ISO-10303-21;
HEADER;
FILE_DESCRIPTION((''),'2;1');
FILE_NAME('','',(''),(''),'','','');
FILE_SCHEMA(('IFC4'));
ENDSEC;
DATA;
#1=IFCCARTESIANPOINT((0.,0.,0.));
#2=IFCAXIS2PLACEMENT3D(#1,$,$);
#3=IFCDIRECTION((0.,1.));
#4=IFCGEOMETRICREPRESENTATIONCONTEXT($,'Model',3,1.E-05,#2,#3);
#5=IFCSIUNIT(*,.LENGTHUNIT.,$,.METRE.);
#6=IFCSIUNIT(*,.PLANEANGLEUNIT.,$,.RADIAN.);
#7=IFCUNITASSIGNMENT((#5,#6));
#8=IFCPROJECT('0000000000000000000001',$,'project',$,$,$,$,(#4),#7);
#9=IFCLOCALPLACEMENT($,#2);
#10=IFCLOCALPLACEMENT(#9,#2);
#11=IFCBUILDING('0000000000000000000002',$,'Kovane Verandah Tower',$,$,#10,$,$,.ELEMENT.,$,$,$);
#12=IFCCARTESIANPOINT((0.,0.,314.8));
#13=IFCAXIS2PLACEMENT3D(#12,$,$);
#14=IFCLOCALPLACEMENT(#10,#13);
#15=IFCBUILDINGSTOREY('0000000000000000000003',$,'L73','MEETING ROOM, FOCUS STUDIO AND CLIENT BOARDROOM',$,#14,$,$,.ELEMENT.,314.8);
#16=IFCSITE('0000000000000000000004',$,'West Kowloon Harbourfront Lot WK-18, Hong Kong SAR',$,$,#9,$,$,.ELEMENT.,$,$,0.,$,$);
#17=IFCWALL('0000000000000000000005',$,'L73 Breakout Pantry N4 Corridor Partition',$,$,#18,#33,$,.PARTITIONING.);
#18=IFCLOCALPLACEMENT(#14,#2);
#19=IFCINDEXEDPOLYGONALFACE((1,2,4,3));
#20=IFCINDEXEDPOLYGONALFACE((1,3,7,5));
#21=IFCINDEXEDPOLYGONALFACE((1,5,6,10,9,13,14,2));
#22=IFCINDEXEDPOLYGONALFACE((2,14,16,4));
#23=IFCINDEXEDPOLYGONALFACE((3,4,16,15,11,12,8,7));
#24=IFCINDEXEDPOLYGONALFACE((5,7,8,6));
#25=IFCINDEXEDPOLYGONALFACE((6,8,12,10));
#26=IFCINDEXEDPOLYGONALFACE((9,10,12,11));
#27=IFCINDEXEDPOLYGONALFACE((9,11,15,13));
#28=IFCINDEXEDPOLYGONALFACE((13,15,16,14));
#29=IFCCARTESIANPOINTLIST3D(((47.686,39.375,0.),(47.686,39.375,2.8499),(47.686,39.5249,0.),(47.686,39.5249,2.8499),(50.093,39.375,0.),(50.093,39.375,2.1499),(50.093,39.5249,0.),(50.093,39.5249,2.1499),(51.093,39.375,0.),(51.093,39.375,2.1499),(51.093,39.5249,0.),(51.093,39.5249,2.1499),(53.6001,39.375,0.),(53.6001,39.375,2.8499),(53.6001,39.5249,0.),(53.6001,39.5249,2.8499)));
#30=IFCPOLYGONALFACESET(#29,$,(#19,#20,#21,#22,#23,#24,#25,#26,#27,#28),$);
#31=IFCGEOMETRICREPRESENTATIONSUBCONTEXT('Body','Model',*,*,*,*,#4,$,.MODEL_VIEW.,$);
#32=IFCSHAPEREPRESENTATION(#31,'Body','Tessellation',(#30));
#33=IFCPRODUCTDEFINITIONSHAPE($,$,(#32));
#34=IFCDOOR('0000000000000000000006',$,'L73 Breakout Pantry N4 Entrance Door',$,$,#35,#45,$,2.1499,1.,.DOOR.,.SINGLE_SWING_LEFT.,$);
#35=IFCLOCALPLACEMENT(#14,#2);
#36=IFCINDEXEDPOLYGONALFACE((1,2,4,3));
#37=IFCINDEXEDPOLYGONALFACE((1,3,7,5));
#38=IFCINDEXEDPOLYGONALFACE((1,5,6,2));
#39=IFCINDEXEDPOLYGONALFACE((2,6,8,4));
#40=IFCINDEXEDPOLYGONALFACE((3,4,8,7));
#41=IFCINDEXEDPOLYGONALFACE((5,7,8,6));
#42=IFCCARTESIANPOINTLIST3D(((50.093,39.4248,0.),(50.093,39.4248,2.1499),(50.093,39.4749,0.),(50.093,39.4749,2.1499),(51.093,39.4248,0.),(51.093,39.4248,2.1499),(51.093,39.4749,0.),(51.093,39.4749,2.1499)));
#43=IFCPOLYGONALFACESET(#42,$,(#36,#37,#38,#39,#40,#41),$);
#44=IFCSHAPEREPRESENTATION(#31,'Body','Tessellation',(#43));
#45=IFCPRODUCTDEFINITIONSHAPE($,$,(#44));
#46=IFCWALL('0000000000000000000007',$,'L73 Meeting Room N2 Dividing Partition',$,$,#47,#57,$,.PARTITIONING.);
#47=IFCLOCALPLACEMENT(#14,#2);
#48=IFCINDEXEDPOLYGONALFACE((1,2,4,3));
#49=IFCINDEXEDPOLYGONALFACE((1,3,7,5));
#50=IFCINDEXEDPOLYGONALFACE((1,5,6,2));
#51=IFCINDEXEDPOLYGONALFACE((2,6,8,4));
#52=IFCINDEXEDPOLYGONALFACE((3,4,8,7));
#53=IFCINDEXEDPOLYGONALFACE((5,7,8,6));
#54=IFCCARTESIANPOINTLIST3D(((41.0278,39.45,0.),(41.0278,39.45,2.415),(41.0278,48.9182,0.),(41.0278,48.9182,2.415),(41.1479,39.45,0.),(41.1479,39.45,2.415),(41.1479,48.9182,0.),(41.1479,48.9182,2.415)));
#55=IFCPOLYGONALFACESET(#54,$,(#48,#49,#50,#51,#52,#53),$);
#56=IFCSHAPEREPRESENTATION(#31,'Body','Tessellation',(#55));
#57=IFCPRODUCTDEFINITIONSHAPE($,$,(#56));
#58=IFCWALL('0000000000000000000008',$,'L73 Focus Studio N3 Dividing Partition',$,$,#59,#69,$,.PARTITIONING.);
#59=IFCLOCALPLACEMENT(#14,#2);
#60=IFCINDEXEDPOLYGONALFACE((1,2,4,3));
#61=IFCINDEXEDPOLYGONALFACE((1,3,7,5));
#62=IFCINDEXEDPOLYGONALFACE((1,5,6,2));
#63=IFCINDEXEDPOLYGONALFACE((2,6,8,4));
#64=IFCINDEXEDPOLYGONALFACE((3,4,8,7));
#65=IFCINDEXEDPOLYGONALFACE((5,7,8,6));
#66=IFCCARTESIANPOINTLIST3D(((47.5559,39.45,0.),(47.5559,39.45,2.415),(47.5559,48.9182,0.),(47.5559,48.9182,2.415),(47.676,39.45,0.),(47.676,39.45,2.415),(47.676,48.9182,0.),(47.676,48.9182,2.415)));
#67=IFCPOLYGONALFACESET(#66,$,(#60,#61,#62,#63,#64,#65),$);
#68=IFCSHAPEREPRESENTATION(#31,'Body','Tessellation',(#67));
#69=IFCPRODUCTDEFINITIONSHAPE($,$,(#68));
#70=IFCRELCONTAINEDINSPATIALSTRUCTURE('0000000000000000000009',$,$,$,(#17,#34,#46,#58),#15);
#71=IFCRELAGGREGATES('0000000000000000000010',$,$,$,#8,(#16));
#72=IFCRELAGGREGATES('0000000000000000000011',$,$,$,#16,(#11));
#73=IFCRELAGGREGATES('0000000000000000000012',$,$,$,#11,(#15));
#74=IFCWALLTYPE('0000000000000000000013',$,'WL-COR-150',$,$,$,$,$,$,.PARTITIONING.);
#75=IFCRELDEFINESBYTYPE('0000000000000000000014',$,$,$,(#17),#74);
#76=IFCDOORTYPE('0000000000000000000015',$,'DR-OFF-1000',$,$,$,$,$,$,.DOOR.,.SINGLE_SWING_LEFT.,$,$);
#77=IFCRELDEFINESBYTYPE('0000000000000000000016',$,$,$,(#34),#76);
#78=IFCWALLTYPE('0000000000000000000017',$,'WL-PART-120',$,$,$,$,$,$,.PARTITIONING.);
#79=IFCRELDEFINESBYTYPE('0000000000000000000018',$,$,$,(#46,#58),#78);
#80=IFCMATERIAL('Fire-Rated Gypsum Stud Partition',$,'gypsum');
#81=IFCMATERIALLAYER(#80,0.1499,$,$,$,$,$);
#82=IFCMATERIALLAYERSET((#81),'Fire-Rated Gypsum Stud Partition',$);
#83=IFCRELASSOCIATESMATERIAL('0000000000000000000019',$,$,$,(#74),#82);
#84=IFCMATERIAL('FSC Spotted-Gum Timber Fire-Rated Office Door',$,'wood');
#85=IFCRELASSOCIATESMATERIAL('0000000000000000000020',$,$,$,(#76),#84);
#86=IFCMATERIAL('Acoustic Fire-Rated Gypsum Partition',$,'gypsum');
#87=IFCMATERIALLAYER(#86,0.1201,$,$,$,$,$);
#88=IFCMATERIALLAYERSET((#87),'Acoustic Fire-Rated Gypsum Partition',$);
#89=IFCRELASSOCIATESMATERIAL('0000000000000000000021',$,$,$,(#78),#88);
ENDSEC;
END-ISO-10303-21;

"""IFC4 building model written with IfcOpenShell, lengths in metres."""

from ifc_helpers import new_model, si_unit, direction, frame, frame_2d, origin, place, context, subcontext, project, spatial, rectangle, extrude, material, layer, layer_set, type_object, element, fill, save


model = new_model("IFC4")

# Units and contexts
model_context = context("Model", 3, precision=1e-05, world=origin(), true_north=direction((0.0, 1.0)))
body_context = subcontext(model_context, "Body", "Model", "MODEL_VIEW")
ifc_project = project(units=[si_unit("LENGTHUNIT", "METRE"), si_unit("PLANEANGLEUNIT", "RADIAN")], contexts=[model_context])

# Site, building, storey
site_placement = place(None, origin())
site = spatial("IfcSite", under=ifc_project, at=site_placement, Name="West Kowloon Harbourfront Lot WK-18, Hong Kong SAR", CompositionType="ELEMENT", RefElevation=0.0)
building_placement = place(site_placement, origin())
building = spatial("IfcBuilding", under=site, at=building_placement, Name="Kovane Verandah Tower", CompositionType="ELEMENT")
storey_placement = place(building_placement, frame((0.0, 0.0, 314.8)))
storey = spatial("IfcBuildingStorey", under=building, at=storey_placement, Name="L73", Description="MEETING ROOM, FOCUS STUDIO AND CLIENT BOARDROOM", CompositionType="ELEMENT", Elevation=314.8)

# Wall, opening, door
ifc_material_1 = material(Name="Fire-Rated Gypsum Stud Partition", Category="gypsum")
ifc_layer_1 = layer(ifc_material_1, 0.1499)
ifc_layer_set_1 = layer_set([ifc_layer_1], Name="Fire-Rated Gypsum Stud Partition")
wall_type_1 = type_object("IfcWallType", Name="WL-COR-150", PredefinedType="PARTITIONING", material=ifc_layer_set_1)
ifc_material_2 = material(Name="FSC Spotted-Gum Timber Fire-Rated Office Door", Category="wood")
door_type = type_object("IfcDoorType", Name="DR-OFF-1000", OperationType="SINGLE_SWING_LEFT", PredefinedType="DOOR", material=ifc_material_2)
wall_1_placement = place(storey_placement, frame((47.686, 39.45, 0.0), z_axis=(0.0, 0.0, 1.0), x_axis=(1.0, 0.0, 0.0)))
wall_1 = element("IfcWall", 1, at=wall_1_placement, inside=storey, type_object=wall_type_1, Name="L73 Breakout Pantry N4 Corridor Partition", PredefinedType="PARTITIONING", context=body_context, shape_type="SweptSolid", body=[
    extrude(rectangle(XDim=5.9141, YDim=0.1499, at=frame_2d((2.957, 0.0))), origin(), (0.0, 0.0, 1.0), 2.8499),
])
opening_1_placement = place(wall_1_placement, frame((2.407, 0.0, 0.0)))
opening_1 = element("IfcOpeningElement", 2, at=opening_1_placement, cuts=wall_1, PredefinedType="OPENING", context=body_context, shape_type="SweptSolid", body=[
    extrude(rectangle(XDim=1.0, YDim=2.1499, at=frame_2d((0.5, 1.075))), frame((0.0, 0.075, 0.0), z_axis=(0.0, -1.0, 0.0), x_axis=(1.0, 0.0, 0.0)), (0.0, 0.0, 1.0), 0.1499),
])
door_1_placement = place(opening_1_placement, origin())
door_1 = element("IfcDoor", 3, at=door_1_placement, inside=storey, type_object=door_type, Name="L73 Breakout Pantry N4 Entrance Door", OperationType="SINGLE_SWING_LEFT", OverallHeight=2.1499, OverallWidth=1.0, PredefinedType="DOOR", context=body_context, shape_type="SweptSolid", body=[
    extrude(rectangle(XDim=1.0, YDim=2.1499, at=frame_2d((0.5, 1.075))), frame((0.0, 0.0249, 0.0), z_axis=(0.0, -1.0, 0.0), x_axis=(1.0, 0.0, 0.0)), (0.0, 0.0, 1.0), 0.05),
])
fill(opening_1, door_1)

# Walls
ifc_material_3 = material(Name="Acoustic Fire-Rated Gypsum Partition", Category="gypsum")
ifc_layer_2 = layer(ifc_material_3, 0.1201)
ifc_layer_set_2 = layer_set([ifc_layer_2], Name="Acoustic Fire-Rated Gypsum Partition")
wall_type_2 = type_object("IfcWallType", Name="WL-PART-120", PredefinedType="PARTITIONING", material=ifc_layer_set_2)
for number, where, z_axis, x_axis, name in (
    (4, (41.0879, 39.45, 0.0), (0.0, 0.0, 1.0), (0.0, 1.0, 0.0), "L73 Meeting Room N2 Dividing Partition"),
    (5, (47.616, 39.45, 0.0), (0.0, 0.0, 1.0), (0.0, 1.0, 0.0), "L73 Focus Studio N3 Dividing Partition"),
):
    element("IfcWall", number, at=place(storey_placement, frame(where, z_axis=z_axis, x_axis=x_axis)), inside=storey, type_object=wall_type_2, Name=name, PredefinedType="PARTITIONING", context=body_context, shape_type="SweptSolid", body=[
        extrude(rectangle(XDim=9.4683, YDim=0.1201, at=frame_2d((4.7341, 0.0))), origin(), (0.0, 0.0, 1.0), 2.415),
    ])

save(model, "model.ifc")
